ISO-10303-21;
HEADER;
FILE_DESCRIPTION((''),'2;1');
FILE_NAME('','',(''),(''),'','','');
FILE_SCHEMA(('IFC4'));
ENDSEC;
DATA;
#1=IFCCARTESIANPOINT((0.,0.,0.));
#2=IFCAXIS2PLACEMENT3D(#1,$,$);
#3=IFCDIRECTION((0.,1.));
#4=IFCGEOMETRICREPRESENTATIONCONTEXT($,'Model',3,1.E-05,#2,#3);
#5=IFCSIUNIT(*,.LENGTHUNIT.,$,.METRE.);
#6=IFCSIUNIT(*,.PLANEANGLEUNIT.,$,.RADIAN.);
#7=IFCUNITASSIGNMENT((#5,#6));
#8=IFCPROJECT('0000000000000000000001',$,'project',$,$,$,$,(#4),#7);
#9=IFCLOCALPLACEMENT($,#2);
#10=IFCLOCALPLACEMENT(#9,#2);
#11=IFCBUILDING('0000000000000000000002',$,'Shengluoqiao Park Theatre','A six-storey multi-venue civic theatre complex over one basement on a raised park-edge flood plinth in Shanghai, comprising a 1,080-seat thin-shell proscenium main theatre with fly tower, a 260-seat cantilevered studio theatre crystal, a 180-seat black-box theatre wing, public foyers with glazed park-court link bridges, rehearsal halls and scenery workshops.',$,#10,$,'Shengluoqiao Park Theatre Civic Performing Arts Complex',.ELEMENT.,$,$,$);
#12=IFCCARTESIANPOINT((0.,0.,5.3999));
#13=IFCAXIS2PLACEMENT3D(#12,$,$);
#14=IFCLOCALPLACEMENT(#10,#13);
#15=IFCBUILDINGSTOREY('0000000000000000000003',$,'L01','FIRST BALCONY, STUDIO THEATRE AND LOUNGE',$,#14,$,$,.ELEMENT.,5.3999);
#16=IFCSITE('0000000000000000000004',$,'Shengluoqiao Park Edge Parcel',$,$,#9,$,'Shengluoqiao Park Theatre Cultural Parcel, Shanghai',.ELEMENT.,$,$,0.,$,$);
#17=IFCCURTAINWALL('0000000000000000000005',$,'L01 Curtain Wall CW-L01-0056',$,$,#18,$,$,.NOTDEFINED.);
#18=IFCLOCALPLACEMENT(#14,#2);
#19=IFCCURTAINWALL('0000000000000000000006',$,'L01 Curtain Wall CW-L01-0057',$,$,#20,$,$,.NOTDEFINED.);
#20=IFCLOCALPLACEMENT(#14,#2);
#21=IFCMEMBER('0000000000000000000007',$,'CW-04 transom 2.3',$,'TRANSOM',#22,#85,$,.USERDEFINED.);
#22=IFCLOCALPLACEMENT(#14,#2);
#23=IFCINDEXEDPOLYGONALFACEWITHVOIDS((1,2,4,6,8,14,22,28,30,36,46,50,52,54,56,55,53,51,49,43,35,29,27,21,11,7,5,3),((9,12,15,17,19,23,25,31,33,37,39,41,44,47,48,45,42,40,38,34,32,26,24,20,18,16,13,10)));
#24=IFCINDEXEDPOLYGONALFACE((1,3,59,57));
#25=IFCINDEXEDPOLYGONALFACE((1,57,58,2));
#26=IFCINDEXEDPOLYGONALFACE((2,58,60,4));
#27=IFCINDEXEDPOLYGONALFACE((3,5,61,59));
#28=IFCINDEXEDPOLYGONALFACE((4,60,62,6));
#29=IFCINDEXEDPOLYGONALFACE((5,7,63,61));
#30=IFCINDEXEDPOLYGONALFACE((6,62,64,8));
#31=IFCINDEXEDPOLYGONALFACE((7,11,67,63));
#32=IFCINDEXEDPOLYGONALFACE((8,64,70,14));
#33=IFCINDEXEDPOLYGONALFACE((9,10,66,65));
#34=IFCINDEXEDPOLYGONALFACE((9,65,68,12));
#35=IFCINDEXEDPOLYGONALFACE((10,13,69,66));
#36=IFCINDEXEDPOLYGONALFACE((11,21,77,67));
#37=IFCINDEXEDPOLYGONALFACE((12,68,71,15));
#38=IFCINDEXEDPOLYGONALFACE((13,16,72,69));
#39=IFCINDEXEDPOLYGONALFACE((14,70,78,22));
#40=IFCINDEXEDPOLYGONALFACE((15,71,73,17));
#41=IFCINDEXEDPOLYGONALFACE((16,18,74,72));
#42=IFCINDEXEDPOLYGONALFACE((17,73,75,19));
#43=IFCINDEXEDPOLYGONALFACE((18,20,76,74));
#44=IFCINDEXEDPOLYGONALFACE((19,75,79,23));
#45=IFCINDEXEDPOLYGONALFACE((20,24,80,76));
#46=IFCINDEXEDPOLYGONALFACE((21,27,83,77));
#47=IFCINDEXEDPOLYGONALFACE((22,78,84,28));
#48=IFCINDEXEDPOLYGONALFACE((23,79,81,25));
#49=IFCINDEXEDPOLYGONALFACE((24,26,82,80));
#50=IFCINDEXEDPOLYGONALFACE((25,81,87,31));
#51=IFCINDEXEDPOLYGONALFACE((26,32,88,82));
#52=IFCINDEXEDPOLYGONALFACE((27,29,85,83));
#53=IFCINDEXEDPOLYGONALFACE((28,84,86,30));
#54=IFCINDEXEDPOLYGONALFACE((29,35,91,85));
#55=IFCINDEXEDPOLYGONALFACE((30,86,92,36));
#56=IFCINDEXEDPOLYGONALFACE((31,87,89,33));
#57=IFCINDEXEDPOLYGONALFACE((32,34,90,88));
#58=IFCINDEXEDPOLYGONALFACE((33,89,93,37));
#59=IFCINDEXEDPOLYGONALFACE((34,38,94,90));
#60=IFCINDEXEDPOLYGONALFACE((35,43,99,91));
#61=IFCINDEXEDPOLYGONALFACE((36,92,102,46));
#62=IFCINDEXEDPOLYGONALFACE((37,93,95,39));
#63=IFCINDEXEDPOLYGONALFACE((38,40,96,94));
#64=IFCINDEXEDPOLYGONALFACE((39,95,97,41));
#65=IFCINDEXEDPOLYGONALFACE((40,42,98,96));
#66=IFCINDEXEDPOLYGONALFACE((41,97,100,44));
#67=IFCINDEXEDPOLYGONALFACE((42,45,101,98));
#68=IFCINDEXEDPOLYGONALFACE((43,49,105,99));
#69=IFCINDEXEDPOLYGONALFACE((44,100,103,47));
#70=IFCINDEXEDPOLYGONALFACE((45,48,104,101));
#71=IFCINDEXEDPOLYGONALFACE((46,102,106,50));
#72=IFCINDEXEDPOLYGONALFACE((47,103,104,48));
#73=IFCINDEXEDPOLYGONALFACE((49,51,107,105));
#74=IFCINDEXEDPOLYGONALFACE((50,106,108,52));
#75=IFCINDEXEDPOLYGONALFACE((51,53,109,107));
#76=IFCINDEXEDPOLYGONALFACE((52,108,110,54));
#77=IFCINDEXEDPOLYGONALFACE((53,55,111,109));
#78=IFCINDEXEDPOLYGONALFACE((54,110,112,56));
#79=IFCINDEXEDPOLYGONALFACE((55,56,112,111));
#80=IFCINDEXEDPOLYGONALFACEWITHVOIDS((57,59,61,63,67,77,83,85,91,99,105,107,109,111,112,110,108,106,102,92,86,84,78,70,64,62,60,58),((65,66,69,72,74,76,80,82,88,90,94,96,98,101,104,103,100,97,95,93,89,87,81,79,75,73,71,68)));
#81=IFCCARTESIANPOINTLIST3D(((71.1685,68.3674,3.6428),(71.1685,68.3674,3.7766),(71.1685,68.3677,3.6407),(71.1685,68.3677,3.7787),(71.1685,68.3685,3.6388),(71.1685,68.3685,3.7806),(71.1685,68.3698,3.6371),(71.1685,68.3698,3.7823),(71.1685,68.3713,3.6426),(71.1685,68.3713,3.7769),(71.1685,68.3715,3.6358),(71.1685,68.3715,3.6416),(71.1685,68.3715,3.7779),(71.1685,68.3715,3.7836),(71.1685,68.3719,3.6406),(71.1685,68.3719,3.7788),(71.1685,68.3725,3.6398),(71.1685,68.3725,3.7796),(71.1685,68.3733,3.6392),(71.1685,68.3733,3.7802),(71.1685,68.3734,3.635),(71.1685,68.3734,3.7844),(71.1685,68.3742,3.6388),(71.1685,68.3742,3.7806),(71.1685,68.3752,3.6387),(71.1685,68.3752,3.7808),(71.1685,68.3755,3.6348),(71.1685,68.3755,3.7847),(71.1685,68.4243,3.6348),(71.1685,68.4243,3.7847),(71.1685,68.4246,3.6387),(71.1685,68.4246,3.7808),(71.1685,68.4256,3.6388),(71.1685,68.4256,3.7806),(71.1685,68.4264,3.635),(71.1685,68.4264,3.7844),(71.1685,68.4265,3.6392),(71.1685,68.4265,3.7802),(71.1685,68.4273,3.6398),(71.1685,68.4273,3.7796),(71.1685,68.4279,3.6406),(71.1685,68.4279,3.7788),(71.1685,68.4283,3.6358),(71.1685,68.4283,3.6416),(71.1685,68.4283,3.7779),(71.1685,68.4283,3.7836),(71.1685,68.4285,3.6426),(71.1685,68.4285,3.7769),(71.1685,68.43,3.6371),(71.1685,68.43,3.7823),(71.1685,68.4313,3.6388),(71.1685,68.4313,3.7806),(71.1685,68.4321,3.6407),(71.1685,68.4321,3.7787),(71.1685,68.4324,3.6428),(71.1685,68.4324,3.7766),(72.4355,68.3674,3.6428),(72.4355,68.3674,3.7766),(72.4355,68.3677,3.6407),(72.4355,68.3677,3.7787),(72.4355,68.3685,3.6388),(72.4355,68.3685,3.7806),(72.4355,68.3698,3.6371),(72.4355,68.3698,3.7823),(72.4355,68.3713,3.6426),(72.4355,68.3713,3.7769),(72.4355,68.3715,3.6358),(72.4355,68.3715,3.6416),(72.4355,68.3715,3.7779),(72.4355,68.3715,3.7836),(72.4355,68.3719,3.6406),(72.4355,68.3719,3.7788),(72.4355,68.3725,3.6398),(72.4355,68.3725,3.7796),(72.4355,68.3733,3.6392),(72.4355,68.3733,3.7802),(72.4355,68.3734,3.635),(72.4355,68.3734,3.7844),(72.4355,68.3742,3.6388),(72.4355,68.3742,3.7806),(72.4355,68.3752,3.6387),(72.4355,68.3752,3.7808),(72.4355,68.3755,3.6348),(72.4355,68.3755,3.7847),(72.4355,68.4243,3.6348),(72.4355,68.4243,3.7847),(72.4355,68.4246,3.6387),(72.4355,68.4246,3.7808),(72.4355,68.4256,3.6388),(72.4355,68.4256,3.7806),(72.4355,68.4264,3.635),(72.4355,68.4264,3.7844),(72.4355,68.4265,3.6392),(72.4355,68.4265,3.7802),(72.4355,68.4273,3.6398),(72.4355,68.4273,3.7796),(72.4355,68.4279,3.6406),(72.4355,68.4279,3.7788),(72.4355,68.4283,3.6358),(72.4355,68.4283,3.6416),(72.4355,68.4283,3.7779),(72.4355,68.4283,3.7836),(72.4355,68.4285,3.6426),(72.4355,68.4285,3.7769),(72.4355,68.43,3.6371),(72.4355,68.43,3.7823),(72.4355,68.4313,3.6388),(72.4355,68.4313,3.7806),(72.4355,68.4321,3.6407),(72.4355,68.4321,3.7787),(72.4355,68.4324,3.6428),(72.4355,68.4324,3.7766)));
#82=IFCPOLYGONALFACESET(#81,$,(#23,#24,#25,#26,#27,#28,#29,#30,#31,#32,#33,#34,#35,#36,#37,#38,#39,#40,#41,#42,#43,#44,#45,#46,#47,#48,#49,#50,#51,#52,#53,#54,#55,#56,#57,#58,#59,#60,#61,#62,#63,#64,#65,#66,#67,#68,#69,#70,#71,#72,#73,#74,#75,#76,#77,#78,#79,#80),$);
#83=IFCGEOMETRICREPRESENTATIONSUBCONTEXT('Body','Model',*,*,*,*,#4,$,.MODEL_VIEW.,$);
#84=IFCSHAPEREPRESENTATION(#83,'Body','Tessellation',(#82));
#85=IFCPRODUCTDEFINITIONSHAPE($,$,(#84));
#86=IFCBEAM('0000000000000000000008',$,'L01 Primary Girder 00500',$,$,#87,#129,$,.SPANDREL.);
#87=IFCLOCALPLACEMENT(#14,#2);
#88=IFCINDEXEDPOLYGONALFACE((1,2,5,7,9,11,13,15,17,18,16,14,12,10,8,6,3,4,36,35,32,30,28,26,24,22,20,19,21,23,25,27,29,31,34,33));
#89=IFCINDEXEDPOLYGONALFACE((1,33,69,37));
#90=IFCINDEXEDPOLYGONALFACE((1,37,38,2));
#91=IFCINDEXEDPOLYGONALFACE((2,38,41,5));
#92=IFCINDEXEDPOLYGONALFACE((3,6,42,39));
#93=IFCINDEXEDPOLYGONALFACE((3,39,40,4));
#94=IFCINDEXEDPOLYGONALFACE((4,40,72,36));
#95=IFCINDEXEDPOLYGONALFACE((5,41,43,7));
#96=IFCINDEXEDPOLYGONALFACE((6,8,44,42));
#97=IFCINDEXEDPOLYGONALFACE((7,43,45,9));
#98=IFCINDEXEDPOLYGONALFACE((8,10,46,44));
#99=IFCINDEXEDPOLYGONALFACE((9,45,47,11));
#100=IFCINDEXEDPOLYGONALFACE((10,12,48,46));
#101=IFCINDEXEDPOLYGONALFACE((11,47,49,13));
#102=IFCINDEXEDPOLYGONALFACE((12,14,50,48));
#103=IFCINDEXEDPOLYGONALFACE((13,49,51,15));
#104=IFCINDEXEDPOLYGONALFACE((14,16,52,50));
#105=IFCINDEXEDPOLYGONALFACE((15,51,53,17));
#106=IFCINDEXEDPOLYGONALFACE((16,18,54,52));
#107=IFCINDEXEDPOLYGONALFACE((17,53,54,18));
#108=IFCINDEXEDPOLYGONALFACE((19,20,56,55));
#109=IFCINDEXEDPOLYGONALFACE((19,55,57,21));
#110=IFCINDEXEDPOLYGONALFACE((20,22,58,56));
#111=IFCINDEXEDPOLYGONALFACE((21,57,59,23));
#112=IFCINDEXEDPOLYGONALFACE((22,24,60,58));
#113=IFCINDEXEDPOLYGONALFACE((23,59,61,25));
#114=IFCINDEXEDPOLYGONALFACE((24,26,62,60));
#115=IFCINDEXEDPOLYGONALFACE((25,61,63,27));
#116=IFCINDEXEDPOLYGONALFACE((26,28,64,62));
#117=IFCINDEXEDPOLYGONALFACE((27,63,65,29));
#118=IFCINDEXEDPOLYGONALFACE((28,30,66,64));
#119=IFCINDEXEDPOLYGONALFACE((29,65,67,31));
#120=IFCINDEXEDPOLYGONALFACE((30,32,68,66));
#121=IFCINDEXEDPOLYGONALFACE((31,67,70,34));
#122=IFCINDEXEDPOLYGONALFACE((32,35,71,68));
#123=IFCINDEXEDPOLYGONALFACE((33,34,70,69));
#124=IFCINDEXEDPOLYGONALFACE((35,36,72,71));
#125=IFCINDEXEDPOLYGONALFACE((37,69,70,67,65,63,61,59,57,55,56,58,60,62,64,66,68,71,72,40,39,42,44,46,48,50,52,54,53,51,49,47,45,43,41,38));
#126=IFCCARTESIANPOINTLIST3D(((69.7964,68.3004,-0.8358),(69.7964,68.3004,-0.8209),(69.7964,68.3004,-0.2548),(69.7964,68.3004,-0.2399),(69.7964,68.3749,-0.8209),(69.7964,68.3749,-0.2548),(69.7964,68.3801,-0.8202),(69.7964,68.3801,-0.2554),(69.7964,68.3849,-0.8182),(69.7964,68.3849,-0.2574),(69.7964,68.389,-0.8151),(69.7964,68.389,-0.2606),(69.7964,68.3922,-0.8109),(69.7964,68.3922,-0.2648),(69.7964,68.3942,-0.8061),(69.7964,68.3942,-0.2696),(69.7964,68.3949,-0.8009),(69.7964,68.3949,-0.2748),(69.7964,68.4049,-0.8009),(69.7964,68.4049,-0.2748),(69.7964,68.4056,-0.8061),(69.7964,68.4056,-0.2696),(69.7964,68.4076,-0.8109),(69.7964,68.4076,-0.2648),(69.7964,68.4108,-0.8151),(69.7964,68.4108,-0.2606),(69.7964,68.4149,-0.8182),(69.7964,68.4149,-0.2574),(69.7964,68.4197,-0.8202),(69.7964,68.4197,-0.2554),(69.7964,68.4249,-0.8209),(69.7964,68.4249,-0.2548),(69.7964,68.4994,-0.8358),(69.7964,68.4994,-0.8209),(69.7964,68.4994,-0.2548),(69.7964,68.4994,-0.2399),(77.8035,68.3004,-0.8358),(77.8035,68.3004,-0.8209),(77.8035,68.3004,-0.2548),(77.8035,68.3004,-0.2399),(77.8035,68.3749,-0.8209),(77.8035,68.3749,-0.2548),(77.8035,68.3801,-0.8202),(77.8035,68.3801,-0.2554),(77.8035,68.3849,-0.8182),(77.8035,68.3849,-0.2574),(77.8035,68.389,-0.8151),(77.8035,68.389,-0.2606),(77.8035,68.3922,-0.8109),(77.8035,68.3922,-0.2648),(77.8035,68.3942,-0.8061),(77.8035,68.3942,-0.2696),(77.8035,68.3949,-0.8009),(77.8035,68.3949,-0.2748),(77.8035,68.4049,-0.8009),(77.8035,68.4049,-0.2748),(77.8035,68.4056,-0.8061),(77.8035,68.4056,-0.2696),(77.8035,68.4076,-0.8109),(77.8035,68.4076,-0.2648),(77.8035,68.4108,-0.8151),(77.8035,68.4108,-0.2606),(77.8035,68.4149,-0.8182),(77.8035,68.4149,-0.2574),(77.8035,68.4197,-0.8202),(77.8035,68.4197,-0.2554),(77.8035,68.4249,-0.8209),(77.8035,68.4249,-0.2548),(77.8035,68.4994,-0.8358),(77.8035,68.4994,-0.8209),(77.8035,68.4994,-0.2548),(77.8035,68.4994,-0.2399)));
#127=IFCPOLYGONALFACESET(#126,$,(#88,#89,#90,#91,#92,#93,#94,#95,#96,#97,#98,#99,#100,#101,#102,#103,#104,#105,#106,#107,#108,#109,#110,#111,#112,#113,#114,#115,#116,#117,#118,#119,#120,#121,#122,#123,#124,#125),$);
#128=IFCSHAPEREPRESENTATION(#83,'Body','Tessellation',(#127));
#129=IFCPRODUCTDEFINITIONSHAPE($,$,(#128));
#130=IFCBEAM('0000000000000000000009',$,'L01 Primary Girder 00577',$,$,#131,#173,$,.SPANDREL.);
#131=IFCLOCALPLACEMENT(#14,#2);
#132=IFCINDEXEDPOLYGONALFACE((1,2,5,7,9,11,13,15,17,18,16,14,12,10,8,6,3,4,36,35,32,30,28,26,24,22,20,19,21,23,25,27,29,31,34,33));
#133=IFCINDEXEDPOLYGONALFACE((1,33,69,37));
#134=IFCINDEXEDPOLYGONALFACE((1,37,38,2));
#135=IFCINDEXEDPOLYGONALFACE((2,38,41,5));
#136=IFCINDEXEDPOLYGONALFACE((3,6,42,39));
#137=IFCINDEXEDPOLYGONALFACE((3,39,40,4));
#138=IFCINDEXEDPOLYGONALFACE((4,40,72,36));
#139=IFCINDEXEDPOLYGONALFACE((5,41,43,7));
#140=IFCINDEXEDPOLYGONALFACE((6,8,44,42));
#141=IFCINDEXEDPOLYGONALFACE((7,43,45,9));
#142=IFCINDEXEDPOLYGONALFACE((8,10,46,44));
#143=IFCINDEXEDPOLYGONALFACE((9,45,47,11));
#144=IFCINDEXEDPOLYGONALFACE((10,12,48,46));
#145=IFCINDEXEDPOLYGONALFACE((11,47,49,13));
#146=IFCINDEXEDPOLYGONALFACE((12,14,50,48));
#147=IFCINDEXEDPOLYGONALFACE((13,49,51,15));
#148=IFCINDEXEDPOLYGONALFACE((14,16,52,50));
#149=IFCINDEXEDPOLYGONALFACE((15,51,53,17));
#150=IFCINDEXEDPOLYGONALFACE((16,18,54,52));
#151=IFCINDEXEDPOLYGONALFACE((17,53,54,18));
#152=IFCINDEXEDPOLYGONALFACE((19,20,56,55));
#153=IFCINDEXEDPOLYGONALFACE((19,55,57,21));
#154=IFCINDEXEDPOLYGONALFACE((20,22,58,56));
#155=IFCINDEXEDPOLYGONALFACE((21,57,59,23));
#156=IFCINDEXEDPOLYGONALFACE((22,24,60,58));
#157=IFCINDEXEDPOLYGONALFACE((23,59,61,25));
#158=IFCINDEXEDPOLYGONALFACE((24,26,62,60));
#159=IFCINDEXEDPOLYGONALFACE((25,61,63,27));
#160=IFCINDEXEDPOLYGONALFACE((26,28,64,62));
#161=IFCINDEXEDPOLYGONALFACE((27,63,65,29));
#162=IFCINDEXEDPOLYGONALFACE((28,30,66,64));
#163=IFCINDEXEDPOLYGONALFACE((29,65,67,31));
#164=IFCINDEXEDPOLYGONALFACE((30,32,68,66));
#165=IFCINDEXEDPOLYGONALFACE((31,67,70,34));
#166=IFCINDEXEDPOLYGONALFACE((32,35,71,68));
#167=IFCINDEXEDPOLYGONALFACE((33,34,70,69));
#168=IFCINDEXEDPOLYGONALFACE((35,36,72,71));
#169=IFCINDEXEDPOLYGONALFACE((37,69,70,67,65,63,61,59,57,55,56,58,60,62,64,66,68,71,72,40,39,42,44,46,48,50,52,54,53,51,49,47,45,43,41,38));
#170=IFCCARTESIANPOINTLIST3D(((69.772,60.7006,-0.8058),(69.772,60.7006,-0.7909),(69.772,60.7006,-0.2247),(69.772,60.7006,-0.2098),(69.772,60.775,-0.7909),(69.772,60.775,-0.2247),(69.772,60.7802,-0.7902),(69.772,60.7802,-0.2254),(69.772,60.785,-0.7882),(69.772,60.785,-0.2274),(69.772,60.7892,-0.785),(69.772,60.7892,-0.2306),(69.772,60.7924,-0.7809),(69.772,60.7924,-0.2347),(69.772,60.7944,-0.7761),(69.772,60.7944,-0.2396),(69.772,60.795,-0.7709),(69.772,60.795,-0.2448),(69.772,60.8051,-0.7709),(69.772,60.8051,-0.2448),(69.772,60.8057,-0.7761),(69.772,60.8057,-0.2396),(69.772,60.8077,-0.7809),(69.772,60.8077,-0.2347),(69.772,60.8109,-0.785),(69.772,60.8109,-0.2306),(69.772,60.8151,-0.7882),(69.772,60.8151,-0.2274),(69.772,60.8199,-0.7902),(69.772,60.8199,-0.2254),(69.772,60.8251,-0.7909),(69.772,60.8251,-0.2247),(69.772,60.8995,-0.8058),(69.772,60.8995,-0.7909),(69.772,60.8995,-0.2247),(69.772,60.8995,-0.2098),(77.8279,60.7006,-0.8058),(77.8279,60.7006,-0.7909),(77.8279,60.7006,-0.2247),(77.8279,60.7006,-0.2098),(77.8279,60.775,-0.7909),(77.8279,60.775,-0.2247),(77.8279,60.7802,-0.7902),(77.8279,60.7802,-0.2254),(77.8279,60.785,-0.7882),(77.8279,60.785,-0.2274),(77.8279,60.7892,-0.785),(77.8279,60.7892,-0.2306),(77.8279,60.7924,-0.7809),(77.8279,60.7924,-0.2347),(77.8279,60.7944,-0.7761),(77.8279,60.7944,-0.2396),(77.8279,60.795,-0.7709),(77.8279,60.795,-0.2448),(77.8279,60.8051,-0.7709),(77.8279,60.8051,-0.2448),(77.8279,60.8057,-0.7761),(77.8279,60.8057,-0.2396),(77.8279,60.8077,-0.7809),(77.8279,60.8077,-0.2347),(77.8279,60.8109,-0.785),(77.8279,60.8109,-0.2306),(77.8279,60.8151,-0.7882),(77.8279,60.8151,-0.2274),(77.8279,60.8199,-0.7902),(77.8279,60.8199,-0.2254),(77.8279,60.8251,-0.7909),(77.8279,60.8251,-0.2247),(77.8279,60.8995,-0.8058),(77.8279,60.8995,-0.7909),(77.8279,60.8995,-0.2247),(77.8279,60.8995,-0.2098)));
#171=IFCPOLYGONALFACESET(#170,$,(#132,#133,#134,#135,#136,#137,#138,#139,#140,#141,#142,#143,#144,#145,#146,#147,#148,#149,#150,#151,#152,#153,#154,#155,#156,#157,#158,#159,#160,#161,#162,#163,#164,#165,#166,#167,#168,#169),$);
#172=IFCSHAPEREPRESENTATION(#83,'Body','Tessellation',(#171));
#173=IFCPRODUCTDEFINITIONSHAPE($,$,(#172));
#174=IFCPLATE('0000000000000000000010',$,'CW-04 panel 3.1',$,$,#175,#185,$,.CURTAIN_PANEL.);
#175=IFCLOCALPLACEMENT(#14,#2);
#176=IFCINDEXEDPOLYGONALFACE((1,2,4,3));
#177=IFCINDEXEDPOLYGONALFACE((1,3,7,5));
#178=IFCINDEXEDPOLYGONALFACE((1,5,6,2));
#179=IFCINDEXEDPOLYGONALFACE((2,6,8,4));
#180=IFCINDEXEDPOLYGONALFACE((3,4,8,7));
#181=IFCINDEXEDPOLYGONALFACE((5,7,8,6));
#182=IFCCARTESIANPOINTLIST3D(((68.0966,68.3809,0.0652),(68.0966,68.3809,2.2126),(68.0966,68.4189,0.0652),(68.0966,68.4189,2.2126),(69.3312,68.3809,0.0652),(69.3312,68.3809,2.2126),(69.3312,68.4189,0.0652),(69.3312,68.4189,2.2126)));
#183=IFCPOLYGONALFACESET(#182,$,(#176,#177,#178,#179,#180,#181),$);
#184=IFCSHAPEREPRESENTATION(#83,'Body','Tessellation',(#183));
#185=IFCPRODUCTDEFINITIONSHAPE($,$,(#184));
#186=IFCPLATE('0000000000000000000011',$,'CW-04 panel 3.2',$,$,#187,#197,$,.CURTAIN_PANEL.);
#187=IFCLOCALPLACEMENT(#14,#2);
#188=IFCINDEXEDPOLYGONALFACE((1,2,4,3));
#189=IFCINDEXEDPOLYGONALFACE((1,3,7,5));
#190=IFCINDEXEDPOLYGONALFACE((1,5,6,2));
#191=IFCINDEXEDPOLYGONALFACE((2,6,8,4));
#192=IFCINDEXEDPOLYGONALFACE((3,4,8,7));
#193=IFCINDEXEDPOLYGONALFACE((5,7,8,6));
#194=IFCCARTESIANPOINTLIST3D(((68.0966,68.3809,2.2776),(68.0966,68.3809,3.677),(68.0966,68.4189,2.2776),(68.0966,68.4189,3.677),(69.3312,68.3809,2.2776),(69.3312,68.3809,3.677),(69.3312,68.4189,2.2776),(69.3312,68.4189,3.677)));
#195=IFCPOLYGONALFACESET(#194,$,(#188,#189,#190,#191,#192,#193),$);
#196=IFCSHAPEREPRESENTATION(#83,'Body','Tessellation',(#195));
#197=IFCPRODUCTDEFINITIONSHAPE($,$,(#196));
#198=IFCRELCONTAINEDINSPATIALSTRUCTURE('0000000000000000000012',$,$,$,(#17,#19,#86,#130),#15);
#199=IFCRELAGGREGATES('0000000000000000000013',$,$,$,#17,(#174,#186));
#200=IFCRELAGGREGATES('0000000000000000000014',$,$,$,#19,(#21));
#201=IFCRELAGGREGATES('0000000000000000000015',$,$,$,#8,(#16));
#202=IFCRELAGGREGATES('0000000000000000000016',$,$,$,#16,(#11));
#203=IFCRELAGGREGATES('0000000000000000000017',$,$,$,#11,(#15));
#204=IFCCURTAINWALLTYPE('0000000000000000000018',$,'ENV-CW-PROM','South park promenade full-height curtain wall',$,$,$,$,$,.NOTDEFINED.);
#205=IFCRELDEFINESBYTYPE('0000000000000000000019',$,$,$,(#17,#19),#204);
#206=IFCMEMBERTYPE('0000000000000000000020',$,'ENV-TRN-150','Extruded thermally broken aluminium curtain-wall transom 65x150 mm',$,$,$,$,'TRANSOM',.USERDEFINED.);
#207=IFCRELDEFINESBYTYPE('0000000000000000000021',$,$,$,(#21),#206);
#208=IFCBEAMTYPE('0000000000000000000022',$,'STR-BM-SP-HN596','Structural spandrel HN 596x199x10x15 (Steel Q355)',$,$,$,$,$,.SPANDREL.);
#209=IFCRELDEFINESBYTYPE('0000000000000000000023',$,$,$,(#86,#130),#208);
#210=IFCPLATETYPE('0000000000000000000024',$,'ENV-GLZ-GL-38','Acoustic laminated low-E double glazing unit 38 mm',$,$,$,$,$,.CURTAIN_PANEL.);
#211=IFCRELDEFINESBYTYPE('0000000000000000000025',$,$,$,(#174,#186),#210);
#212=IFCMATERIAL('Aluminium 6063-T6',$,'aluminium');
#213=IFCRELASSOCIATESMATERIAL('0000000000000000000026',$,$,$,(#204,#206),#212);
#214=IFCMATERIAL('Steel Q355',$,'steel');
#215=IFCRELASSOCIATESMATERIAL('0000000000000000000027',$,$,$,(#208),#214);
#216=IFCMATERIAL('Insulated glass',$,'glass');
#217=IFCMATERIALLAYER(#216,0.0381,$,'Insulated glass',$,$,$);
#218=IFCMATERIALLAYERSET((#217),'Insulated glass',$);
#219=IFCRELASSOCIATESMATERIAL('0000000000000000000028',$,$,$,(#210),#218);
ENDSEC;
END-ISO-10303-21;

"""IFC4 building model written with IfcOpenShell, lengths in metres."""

from ifc_helpers import new_model, si_unit, direction, frame, origin, origin_2d, place, context, subcontext, project, spatial, rectangle, hollow_rectangle, i_section, extrude, material, layer, layer_set, material_profile, profile_set, type_object, element, aggregate, save


model = new_model("IFC4")

# Units and contexts
model_context = context("Model", 3, precision=1e-05, world=origin(), true_north=direction((0.0, 1.0)))
body_context = subcontext(model_context, "Body", "Model", "MODEL_VIEW")
ifc_project = project(units=[si_unit("LENGTHUNIT", "METRE"), si_unit("PLANEANGLEUNIT", "RADIAN")], contexts=[model_context])

# Site, building, storey
site_placement = place(None, origin())
site = spatial("IfcSite", under=ifc_project, at=site_placement, Name="Shengluoqiao Park Edge Parcel", LongName="Shengluoqiao Park Theatre Cultural Parcel, Shanghai", CompositionType="ELEMENT", RefElevation=0.0)
building_placement = place(site_placement, origin())
building = spatial("IfcBuilding", under=site, at=building_placement, Name="Shengluoqiao Park Theatre", Description="A six-storey multi-venue civic theatre complex over one basement on a raised park-edge flood plinth in Shanghai, comprising a 1,080-seat thin-shell proscenium main theatre with fly tower, a 260-seat cantilevered studio theatre crystal, a 180-seat black-box theatre wing, public foyers with glazed park-court link bridges, rehearsal halls and scenery workshops.", LongName="Shengluoqiao Park Theatre Civic Performing Arts Complex", CompositionType="ELEMENT")
storey_placement = place(building_placement, frame((0.0, 0.0, 5.3999)))
storey = spatial("IfcBuildingStorey", under=building, at=storey_placement, Name="L01", Description="FIRST BALCONY, STUDIO THEATRE AND LOUNGE", CompositionType="ELEMENT", Elevation=5.3999)

# Shared definitions
ifc_material_1 = material(Name="Steel Q355", Category="steel")

# Shared definitions
ifc_material_2 = material(Name="Aluminium 6063-T6", Category="aluminium")

# Curtain wall
curtain_wall_type_1 = type_object("IfcCurtainWallType", Name="ENV-CW-PROM", Description="South park promenade full-height curtain wall", PredefinedType="NOTDEFINED", material=ifc_material_2)
curtain_wall_1_placement = place(storey_placement, origin())
curtain_wall_1 = element("IfcCurtainWall", 1, at=curtain_wall_1_placement, inside=storey, type_object=curtain_wall_type_1, Name="L01 Curtain Wall CW-L01-0056", PredefinedType="NOTDEFINED")

# Curtain wall
curtain_wall_2_placement = place(storey_placement, origin())
curtain_wall_2 = element("IfcCurtainWall", 2, at=curtain_wall_2_placement, inside=storey, type_object=curtain_wall_type_1, Name="L01 Curtain Wall CW-L01-0057", PredefinedType="NOTDEFINED")

# Member
ifc_material_profile_1 = material_profile(ifc_material_2, hollow_rectangle(XDim=0.0649, YDim=0.1499, WallThickness=0.0039, InnerFilletRadius=0.0039, OuterFilletRadius=0.0081, at=origin_2d()), Name="ALU TRANSOM 150x65x4")
ifc_profile_set_1 = profile_set([ifc_material_profile_1], Name="Aluminium 6063-T6")
member_type_1 = type_object("IfcMemberType", Name="ENV-TRN-150", Description="Extruded thermally broken aluminium curtain-wall transom 65x150 mm", ElementType="TRANSOM", PredefinedType="USERDEFINED", material=ifc_profile_set_1)
member_1_placement = place(storey_placement, frame((71.1685, 68.3999, 3.7097), z_axis=(1.0, 0.0, 0.0), x_axis=(0.0, 1.0, 0.0)))
member_1 = element("IfcMember", 3, at=member_1_placement, type_object=member_type_1, Name="CW-04 transom 2.3", ObjectType="TRANSOM", PredefinedType="USERDEFINED", context=body_context, shape_type="SweptSolid", body=[
    extrude(hollow_rectangle(XDim=0.0649, YDim=0.1499, WallThickness=0.0039, InnerFilletRadius=0.0039, OuterFilletRadius=0.0081, at=origin_2d()), origin(), (0.0, 0.0, 1.0), 1.2671),
])

# Beams
ifc_material_profile_2 = material_profile(ifc_material_1, i_section(OverallWidth=0.199, OverallDepth=0.5959, WebThickness=0.01, FlangeThickness=0.0149, FilletRadius=0.02, at=origin_2d()), Name="HN 596x199x10x15")
ifc_profile_set_2 = profile_set([ifc_material_profile_2], Name="Steel Q355")
beam_type = type_object("IfcBeamType", Name="STR-BM-SP-HN596", Description="Structural spandrel HN 596x199x10x15 (Steel Q355)", PredefinedType="SPANDREL", material=ifc_profile_set_2)
beam_1_placement = place(storey_placement, frame((69.7964, 68.3999, -0.5378), z_axis=(1.0, 0.0, 0.0), x_axis=(0.0, 1.0, 0.0)))
element("IfcBeam", 4, at=beam_1_placement, inside=storey, type_object=beam_type, Name="L01 Primary Girder 00500", PredefinedType="SPANDREL", context=body_context, shape_type="SweptSolid", body=[
    extrude(i_section(OverallWidth=0.199, OverallDepth=0.5959, WebThickness=0.01, FlangeThickness=0.0149, FilletRadius=0.02, at=origin_2d()), origin(), (0.0, 0.0, 1.0), 8.0071),
])
beam_2_placement = place(storey_placement, frame((69.772, 60.8, -0.5078), z_axis=(1.0, 0.0, 0.0), x_axis=(0.0, 1.0, 0.0)))
element("IfcBeam", 5, at=beam_2_placement, inside=storey, type_object=beam_type, Name="L01 Primary Girder 00577", PredefinedType="SPANDREL", context=body_context, shape_type="SweptSolid", body=[
    extrude(i_section(OverallWidth=0.199, OverallDepth=0.5959, WebThickness=0.01, FlangeThickness=0.0149, FilletRadius=0.02, at=origin_2d()), origin(), (0.0, 0.0, 1.0), 8.0559),
])

# Plates
ifc_material_3 = material(Name="Insulated glass", Category="glass")
ifc_layer_1 = layer(ifc_material_3, 0.0381, Name="Insulated glass")
ifc_layer_set_1 = layer_set([ifc_layer_1], Name="Insulated glass")
plate_type_1 = type_object("IfcPlateType", Name="ENV-GLZ-GL-38", Description="Acoustic laminated low-E double glazing unit 38 mm", PredefinedType="CURTAIN_PANEL", material=ifc_layer_set_1)
plate_1_placement = place(storey_placement, frame((68.7139, 68.3999, 0.0652), z_axis=(0.0, 0.0, 1.0), x_axis=(1.0, 0.0, 0.0)))
plate_1 = element("IfcPlate", 6, at=plate_1_placement, type_object=plate_type_1, Name="CW-04 panel 3.1", PredefinedType="CURTAIN_PANEL", context=body_context, shape_type="SweptSolid", body=[
    extrude(rectangle(XDim=1.2346, YDim=0.0381, at=origin_2d()), origin(), (0.0, 0.0, 1.0), 2.1475),
])
plate_2_placement = place(storey_placement, frame((68.7139, 68.3999, 2.2776), z_axis=(0.0, 0.0, 1.0), x_axis=(1.0, 0.0, 0.0)))
plate_2 = element("IfcPlate", 7, at=plate_2_placement, type_object=plate_type_1, Name="CW-04 panel 3.2", PredefinedType="CURTAIN_PANEL", context=body_context, shape_type="SweptSolid", body=[
    extrude(rectangle(XDim=1.2346, YDim=0.0381, at=origin_2d()), origin(), (0.0, 0.0, 1.0), 1.3994),
])
aggregate(curtain_wall_1, [plate_1, plate_2])
aggregate(curtain_wall_2, [member_1])

save(model, "model.ifc")
